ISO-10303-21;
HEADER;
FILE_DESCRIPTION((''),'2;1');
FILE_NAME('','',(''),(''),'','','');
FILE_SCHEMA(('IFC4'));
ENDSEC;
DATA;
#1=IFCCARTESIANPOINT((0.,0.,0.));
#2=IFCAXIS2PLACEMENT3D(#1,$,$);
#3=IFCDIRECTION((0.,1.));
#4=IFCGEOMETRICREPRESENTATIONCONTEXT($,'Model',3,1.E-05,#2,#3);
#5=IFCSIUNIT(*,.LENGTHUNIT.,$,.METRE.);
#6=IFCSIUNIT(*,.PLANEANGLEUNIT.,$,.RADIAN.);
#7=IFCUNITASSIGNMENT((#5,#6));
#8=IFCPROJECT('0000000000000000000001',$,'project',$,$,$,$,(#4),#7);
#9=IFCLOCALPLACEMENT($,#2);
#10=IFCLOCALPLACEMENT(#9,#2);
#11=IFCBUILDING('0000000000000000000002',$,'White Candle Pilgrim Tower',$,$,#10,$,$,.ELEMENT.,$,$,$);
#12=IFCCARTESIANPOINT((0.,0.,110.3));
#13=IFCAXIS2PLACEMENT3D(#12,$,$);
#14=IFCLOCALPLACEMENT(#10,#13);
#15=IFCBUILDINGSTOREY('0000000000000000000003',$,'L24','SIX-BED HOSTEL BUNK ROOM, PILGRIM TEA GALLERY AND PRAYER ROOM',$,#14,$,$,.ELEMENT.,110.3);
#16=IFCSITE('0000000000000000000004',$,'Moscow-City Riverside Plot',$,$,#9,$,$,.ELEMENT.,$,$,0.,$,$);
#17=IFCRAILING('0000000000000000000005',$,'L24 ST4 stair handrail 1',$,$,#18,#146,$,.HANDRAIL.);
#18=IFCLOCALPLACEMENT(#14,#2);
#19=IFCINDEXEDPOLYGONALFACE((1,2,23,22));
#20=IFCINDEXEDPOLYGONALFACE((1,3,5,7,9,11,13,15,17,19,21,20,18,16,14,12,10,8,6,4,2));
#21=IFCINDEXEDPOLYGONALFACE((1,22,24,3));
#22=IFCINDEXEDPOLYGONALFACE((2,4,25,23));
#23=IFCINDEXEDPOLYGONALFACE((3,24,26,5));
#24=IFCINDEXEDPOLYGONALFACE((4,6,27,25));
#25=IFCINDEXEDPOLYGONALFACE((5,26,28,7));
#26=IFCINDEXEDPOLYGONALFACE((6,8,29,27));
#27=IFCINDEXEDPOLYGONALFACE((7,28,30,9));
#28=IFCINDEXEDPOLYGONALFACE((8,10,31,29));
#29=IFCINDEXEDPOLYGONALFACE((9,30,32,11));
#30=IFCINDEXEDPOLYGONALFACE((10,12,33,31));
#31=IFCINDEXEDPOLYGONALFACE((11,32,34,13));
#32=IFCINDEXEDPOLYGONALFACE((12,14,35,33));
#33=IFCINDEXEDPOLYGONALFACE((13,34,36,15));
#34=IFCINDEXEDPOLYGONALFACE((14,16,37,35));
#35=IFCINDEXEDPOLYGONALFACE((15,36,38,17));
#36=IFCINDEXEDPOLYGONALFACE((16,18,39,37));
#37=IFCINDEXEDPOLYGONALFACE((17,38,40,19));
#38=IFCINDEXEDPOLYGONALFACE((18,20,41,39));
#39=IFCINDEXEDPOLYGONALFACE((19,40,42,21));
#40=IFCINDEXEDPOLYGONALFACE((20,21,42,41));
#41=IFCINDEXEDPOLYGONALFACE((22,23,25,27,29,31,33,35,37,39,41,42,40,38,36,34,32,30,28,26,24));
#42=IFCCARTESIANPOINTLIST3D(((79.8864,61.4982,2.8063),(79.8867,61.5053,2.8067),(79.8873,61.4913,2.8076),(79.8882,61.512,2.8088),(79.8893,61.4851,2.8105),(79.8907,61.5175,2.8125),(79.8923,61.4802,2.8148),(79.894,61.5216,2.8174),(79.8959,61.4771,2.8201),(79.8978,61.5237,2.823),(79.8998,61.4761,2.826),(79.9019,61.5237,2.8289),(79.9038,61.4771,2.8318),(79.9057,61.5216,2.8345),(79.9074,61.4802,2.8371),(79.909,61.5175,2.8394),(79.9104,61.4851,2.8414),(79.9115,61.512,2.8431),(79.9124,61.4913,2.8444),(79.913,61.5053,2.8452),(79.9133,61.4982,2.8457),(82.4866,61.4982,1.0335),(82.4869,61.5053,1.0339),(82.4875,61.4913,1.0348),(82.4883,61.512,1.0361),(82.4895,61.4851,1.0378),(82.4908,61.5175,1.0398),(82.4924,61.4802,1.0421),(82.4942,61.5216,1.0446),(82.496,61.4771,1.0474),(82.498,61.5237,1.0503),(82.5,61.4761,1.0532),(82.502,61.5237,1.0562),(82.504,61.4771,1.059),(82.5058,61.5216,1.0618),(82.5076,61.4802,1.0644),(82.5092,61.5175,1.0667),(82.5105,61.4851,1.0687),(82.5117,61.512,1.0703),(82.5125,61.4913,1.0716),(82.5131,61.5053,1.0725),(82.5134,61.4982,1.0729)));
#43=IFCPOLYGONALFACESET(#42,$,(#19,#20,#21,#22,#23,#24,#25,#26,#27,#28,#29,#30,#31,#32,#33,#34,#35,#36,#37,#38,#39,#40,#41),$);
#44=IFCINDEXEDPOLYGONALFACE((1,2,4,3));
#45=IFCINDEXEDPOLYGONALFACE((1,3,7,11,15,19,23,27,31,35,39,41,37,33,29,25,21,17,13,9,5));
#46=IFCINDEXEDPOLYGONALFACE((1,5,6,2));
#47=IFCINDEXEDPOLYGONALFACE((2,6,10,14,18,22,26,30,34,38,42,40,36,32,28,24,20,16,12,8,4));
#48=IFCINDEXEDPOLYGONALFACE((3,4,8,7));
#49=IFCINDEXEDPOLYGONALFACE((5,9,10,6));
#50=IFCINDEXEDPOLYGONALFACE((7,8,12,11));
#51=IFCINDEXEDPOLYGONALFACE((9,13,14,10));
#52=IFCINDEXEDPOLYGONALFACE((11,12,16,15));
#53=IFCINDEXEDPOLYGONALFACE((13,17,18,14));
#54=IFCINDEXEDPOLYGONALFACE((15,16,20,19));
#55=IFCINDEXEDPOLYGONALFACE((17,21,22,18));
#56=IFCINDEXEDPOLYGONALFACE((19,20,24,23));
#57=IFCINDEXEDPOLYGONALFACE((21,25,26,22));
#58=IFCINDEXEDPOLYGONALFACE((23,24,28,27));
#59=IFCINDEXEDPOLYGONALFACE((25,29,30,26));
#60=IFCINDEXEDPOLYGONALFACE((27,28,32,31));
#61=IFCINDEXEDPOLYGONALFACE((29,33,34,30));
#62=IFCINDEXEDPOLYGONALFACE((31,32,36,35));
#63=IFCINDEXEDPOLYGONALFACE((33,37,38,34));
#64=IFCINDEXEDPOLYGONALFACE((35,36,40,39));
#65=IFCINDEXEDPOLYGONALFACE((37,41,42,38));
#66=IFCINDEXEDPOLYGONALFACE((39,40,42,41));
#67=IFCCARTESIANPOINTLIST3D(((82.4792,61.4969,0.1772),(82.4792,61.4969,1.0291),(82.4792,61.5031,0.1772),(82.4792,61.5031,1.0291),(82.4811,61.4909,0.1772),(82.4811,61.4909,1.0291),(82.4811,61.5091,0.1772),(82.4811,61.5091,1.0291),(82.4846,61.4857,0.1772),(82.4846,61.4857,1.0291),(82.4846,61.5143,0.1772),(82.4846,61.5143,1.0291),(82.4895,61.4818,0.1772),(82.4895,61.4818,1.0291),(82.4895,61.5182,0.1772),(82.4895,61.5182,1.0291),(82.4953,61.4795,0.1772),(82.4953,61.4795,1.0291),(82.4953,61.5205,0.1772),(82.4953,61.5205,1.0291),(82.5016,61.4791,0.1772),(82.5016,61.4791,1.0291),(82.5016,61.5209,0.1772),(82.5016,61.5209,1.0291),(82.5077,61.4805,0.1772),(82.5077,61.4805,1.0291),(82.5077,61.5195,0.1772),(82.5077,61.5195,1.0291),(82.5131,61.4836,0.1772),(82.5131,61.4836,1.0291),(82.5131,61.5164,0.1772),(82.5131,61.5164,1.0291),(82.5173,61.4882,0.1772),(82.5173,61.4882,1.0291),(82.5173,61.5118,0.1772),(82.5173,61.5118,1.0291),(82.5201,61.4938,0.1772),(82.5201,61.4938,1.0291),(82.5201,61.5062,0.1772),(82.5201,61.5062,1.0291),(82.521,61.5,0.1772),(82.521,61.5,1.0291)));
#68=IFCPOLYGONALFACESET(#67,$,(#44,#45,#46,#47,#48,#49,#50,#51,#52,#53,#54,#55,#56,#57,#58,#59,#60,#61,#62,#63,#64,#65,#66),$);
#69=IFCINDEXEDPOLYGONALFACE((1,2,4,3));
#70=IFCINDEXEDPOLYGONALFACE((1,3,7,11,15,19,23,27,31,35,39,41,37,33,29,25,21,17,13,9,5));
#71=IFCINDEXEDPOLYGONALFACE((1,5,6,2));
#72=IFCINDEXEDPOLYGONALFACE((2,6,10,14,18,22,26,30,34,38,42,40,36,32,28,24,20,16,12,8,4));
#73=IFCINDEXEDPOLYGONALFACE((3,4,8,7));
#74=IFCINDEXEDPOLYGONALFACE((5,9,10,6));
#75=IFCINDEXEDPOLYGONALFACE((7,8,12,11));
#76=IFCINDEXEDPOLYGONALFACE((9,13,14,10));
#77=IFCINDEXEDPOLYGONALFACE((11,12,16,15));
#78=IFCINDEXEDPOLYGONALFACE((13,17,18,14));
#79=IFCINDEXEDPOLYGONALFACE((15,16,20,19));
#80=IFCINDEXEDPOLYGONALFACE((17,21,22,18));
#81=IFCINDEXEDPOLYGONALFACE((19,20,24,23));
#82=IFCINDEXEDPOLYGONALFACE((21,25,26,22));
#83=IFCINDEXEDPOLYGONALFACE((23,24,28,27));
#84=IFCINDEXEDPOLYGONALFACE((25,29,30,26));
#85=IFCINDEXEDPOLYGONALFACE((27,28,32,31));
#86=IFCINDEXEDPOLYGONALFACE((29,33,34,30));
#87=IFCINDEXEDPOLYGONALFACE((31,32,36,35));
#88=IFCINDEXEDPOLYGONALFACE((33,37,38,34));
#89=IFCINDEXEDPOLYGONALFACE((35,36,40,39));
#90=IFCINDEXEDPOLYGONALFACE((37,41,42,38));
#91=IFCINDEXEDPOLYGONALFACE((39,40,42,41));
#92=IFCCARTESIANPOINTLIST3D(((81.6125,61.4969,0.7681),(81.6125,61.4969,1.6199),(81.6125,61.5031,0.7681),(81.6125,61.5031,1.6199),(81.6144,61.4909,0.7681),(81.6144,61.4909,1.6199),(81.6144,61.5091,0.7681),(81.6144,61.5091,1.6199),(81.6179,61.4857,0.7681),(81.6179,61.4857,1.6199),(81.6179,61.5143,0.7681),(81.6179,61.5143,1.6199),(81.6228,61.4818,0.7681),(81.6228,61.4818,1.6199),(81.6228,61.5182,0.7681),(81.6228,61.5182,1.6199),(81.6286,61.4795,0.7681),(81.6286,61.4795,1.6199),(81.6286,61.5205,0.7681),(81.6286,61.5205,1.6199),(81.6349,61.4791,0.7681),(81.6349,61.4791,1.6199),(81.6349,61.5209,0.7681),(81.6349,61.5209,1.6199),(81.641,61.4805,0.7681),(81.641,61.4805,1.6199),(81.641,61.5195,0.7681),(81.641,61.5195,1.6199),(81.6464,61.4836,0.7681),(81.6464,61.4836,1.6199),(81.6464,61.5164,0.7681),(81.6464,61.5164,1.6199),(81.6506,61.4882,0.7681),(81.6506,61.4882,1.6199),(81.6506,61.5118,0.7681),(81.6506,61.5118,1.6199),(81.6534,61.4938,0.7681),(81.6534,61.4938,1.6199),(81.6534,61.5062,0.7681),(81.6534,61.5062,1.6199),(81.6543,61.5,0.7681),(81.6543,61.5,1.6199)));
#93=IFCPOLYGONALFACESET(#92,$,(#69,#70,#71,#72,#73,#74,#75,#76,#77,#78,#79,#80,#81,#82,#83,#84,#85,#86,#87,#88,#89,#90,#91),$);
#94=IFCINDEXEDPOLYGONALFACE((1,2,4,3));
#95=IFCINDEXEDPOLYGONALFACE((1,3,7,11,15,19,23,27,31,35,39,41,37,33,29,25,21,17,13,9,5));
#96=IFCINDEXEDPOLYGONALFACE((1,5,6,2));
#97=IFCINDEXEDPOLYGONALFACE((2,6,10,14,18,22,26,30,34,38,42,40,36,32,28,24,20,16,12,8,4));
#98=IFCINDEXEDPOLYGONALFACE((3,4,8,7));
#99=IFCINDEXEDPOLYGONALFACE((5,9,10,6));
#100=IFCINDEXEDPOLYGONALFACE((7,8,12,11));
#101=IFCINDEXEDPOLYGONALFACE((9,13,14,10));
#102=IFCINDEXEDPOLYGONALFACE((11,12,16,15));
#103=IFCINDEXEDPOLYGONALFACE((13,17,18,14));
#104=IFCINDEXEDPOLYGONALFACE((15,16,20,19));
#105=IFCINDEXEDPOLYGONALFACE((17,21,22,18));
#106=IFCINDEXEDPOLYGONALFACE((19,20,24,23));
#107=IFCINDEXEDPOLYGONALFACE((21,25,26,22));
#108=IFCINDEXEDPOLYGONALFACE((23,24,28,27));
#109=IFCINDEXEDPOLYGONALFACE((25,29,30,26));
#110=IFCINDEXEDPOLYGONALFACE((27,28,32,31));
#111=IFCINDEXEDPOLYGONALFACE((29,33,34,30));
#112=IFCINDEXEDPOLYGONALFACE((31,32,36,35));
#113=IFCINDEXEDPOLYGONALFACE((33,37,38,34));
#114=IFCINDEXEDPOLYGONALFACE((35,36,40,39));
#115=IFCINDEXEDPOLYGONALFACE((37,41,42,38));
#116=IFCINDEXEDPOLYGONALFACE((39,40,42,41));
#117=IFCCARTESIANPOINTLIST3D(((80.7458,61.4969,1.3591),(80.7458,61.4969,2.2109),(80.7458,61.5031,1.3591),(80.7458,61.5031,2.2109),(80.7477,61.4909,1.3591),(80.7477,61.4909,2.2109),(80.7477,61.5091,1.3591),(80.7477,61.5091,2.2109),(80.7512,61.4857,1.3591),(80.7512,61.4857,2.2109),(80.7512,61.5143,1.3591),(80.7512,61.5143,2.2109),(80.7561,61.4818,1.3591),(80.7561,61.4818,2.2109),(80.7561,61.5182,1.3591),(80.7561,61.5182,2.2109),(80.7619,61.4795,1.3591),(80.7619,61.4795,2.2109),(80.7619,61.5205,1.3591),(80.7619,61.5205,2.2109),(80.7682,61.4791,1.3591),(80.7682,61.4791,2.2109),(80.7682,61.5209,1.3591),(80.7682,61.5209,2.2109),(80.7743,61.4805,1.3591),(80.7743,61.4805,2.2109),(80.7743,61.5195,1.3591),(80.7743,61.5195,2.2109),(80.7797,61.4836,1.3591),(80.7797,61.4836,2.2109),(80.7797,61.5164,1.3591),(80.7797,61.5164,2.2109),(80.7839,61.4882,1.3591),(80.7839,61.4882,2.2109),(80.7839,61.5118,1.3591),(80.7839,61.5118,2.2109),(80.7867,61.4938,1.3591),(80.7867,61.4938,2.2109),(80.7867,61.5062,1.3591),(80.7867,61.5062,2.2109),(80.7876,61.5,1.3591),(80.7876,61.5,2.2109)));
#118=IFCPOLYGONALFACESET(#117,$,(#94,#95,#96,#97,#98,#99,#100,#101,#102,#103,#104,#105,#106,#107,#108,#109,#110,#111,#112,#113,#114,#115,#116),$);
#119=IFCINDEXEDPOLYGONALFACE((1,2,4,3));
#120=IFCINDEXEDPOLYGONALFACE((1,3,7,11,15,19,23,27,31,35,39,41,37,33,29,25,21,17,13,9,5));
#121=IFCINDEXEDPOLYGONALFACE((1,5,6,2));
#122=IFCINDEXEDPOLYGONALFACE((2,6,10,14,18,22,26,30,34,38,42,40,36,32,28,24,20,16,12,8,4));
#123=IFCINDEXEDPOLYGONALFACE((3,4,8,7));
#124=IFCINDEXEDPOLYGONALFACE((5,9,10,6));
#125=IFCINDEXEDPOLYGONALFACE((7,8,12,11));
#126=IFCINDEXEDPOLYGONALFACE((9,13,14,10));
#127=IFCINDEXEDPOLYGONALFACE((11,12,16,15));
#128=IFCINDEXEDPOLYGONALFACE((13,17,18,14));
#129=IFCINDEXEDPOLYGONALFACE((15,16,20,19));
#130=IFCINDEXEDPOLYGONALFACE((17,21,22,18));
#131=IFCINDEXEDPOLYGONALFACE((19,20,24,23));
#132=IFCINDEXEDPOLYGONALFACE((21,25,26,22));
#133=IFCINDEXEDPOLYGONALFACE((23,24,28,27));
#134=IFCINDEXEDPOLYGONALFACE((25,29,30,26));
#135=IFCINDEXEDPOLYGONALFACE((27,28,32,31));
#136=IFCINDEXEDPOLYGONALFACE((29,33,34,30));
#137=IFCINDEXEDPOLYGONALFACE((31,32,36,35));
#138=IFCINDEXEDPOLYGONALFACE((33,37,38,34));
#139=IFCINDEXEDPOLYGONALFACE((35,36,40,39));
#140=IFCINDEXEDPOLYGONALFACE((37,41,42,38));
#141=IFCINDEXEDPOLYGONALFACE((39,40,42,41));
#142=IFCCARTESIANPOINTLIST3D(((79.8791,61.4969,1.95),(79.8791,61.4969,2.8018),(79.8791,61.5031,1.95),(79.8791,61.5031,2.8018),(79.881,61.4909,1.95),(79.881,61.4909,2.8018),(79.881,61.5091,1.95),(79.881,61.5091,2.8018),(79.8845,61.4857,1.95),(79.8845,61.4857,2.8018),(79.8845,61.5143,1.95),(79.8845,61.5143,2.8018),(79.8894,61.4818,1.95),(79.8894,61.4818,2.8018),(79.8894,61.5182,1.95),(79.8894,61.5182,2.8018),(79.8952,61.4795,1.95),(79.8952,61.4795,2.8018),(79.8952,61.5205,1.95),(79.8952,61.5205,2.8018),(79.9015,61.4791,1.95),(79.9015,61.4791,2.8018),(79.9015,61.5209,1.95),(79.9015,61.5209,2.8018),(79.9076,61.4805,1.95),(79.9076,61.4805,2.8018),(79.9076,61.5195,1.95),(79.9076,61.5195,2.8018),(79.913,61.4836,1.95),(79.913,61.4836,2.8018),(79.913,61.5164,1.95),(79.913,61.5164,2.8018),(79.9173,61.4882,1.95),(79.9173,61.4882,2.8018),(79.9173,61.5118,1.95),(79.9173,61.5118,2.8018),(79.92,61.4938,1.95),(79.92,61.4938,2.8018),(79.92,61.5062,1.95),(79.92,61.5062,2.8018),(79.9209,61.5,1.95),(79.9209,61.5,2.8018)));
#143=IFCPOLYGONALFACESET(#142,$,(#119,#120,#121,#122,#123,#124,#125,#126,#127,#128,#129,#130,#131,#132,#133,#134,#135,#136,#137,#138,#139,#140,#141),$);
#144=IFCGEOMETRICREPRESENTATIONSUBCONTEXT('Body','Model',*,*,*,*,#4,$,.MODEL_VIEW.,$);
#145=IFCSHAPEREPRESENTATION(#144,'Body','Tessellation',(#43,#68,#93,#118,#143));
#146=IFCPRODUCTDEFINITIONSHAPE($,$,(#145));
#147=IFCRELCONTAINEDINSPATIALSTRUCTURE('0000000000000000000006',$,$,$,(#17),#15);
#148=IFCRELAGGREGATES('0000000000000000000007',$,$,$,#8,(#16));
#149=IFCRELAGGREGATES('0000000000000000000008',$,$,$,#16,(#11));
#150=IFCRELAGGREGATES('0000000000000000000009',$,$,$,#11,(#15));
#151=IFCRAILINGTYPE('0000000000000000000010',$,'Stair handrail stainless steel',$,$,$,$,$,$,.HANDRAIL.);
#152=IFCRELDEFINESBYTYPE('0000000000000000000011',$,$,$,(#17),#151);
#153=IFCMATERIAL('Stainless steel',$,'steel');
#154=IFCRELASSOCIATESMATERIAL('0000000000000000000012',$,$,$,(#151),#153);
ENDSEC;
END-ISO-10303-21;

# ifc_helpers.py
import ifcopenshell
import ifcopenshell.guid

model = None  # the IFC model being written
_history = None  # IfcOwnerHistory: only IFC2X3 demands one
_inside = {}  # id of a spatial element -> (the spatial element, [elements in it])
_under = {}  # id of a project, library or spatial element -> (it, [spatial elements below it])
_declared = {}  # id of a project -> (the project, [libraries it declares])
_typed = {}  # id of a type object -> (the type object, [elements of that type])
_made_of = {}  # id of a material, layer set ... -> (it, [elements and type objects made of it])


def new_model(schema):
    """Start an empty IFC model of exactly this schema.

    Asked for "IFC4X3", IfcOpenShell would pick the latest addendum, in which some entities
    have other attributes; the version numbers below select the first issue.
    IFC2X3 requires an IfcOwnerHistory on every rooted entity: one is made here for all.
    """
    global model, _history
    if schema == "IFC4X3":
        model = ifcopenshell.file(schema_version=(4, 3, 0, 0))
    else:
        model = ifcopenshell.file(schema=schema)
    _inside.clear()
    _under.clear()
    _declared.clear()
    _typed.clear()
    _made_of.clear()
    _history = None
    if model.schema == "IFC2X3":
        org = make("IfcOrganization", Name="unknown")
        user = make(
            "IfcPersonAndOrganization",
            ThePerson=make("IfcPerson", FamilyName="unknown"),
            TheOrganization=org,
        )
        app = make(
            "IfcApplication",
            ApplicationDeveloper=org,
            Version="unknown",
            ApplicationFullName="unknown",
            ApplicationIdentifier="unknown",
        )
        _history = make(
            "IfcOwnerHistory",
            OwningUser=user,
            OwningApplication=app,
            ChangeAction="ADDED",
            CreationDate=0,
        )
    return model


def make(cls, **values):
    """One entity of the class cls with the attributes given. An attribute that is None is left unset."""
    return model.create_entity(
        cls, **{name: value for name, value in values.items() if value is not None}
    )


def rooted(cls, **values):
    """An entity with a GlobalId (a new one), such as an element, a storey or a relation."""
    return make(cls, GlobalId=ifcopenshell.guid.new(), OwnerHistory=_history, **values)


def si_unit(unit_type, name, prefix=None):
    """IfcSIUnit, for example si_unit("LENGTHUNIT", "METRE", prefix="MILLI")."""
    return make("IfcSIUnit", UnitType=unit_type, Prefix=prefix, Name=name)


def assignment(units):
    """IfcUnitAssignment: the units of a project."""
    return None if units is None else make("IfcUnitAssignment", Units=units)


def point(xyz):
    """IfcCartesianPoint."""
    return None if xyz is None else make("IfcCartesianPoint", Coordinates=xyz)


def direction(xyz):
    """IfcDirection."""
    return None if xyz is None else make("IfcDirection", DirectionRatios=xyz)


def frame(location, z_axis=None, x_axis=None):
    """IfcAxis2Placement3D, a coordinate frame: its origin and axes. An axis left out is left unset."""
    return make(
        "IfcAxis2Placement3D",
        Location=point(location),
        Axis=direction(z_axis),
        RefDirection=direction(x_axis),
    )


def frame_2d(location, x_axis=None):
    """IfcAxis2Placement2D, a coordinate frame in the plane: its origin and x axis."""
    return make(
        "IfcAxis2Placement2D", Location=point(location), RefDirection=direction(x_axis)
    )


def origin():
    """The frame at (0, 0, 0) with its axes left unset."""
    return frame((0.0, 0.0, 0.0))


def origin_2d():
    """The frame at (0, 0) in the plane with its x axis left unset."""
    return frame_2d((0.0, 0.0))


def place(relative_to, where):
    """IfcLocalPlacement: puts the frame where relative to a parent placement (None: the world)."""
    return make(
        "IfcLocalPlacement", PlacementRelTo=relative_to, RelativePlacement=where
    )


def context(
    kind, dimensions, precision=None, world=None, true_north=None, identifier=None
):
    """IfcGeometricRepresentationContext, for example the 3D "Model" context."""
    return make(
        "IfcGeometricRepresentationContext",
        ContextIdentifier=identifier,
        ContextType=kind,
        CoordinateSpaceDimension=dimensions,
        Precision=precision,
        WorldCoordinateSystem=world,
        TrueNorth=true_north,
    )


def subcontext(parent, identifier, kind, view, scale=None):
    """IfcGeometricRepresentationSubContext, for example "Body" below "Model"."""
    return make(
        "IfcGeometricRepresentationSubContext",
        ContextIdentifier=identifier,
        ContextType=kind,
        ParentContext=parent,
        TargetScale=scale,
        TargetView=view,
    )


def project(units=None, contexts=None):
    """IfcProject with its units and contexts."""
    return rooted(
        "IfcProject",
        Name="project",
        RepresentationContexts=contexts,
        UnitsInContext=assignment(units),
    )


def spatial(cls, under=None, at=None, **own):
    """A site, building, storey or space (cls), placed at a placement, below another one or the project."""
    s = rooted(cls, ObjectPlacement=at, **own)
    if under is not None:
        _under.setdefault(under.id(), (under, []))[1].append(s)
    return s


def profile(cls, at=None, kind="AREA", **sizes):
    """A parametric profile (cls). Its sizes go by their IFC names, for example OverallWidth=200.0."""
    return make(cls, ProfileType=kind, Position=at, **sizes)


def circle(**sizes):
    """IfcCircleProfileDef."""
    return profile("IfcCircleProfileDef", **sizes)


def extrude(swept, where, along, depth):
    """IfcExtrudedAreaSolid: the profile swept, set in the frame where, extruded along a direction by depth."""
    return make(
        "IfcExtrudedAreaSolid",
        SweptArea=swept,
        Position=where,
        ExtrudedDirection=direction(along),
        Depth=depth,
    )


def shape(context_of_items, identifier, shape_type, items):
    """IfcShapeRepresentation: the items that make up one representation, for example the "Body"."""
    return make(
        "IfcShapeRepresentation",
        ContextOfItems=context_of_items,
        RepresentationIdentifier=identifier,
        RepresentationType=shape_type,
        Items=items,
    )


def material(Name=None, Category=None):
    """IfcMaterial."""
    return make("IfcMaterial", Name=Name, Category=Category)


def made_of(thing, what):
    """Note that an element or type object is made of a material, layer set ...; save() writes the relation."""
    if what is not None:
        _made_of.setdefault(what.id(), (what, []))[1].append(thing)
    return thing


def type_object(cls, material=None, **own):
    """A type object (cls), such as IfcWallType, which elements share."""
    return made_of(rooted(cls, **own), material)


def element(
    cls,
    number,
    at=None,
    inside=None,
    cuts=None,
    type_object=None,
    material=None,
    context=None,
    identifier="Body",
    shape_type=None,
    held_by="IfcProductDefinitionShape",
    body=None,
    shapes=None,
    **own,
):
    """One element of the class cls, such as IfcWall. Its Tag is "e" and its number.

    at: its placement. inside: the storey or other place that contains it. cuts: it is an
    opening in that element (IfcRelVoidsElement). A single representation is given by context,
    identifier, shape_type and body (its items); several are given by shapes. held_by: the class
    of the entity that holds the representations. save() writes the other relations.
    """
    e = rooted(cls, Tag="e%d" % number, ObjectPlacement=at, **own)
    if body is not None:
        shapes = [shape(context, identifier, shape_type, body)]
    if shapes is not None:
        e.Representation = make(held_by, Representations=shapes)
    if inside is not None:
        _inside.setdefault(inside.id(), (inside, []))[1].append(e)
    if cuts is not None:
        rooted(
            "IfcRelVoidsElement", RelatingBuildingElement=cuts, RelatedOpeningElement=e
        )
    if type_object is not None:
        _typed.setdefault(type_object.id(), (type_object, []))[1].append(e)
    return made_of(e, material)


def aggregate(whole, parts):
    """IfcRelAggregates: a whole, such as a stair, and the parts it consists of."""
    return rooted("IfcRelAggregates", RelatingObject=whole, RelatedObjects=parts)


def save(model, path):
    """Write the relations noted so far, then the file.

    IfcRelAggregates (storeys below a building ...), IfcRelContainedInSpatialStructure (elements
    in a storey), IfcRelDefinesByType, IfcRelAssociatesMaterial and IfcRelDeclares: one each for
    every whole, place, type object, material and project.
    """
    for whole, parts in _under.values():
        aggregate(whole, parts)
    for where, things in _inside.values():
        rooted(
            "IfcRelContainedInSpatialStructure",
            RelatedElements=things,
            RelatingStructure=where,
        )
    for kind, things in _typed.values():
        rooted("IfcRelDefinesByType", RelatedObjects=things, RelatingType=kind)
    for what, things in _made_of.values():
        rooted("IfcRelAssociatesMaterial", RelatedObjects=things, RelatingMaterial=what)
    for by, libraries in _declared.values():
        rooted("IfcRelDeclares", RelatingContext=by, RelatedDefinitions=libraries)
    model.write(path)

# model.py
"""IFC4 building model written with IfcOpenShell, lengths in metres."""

from ifc_helpers import new_model, si_unit, direction, frame, origin, origin_2d, place, context, subcontext, project, spatial, circle, extrude, material, type_object, element, save


model = new_model("IFC4")

# Units and contexts
model_context = context("Model", 3, precision=1e-05, world=origin(), true_north=direction((0.0, 1.0)))
body_context = subcontext(model_context, "Body", "Model", "MODEL_VIEW")
ifc_project = project(units=[si_unit("LENGTHUNIT", "METRE"), si_unit("PLANEANGLEUNIT", "RADIAN")], contexts=[model_context])

# Site, building, storey
site_placement = place(None, origin())
site = spatial("IfcSite", under=ifc_project, at=site_placement, Name="Moscow-City Riverside Plot", CompositionType="ELEMENT", RefElevation=0.0)
building_placement = place(site_placement, origin())
building = spatial("IfcBuilding", under=site, at=building_placement, Name="White Candle Pilgrim Tower", CompositionType="ELEMENT")
storey_placement = place(building_placement, frame((0.0, 0.0, 110.3)))
storey = spatial("IfcBuildingStorey", under=building, at=storey_placement, Name="L24", Description="SIX-BED HOSTEL BUNK ROOM, PILGRIM TEA GALLERY AND PRAYER ROOM", CompositionType="ELEMENT", Elevation=110.3)

# Railing
ifc_material_1 = material(Name="Stainless steel", Category="steel")
railing_type_1 = type_object("IfcRailingType", Name="Stair handrail stainless steel", PredefinedType="HANDRAIL", material=ifc_material_1)
railing_1_placement = place(storey_placement, frame((82.5, 61.5, 0.1772)))
element("IfcRailing", 1, at=railing_1_placement, inside=storey, type_object=railing_type_1, Name="L24 ST4 stair handrail 1", PredefinedType="HANDRAIL", context=body_context, shape_type="SweptSolid", body=[
    extrude(circle(Radius=0.0239, at=origin_2d()), frame((0.0, 0.0, 0.876), z_axis=(-0.82624, 0.0, 0.563318), x_axis=(0.0, -1.0, 0.0)), (0.0, 0.0, 1.0), 3.147),
    extrude(circle(Radius=0.021, at=origin_2d()), origin(), (0.0, 0.0, 1.0), 0.8518),
    extrude(circle(Radius=0.021, at=origin_2d()), frame((-0.8667, 0.0, 0.5908)), (0.0, 0.0, 1.0), 0.8518),
    extrude(circle(Radius=0.021, at=origin_2d()), frame((-1.7334, 0.0, 1.1819)), (0.0, 0.0, 1.0), 0.8518),
    extrude(circle(Radius=0.021, at=origin_2d()), frame((-2.6001, 0.0, 1.7727)), (0.0, 0.0, 1.0), 0.8518),
])

save(model, "model.ifc")
